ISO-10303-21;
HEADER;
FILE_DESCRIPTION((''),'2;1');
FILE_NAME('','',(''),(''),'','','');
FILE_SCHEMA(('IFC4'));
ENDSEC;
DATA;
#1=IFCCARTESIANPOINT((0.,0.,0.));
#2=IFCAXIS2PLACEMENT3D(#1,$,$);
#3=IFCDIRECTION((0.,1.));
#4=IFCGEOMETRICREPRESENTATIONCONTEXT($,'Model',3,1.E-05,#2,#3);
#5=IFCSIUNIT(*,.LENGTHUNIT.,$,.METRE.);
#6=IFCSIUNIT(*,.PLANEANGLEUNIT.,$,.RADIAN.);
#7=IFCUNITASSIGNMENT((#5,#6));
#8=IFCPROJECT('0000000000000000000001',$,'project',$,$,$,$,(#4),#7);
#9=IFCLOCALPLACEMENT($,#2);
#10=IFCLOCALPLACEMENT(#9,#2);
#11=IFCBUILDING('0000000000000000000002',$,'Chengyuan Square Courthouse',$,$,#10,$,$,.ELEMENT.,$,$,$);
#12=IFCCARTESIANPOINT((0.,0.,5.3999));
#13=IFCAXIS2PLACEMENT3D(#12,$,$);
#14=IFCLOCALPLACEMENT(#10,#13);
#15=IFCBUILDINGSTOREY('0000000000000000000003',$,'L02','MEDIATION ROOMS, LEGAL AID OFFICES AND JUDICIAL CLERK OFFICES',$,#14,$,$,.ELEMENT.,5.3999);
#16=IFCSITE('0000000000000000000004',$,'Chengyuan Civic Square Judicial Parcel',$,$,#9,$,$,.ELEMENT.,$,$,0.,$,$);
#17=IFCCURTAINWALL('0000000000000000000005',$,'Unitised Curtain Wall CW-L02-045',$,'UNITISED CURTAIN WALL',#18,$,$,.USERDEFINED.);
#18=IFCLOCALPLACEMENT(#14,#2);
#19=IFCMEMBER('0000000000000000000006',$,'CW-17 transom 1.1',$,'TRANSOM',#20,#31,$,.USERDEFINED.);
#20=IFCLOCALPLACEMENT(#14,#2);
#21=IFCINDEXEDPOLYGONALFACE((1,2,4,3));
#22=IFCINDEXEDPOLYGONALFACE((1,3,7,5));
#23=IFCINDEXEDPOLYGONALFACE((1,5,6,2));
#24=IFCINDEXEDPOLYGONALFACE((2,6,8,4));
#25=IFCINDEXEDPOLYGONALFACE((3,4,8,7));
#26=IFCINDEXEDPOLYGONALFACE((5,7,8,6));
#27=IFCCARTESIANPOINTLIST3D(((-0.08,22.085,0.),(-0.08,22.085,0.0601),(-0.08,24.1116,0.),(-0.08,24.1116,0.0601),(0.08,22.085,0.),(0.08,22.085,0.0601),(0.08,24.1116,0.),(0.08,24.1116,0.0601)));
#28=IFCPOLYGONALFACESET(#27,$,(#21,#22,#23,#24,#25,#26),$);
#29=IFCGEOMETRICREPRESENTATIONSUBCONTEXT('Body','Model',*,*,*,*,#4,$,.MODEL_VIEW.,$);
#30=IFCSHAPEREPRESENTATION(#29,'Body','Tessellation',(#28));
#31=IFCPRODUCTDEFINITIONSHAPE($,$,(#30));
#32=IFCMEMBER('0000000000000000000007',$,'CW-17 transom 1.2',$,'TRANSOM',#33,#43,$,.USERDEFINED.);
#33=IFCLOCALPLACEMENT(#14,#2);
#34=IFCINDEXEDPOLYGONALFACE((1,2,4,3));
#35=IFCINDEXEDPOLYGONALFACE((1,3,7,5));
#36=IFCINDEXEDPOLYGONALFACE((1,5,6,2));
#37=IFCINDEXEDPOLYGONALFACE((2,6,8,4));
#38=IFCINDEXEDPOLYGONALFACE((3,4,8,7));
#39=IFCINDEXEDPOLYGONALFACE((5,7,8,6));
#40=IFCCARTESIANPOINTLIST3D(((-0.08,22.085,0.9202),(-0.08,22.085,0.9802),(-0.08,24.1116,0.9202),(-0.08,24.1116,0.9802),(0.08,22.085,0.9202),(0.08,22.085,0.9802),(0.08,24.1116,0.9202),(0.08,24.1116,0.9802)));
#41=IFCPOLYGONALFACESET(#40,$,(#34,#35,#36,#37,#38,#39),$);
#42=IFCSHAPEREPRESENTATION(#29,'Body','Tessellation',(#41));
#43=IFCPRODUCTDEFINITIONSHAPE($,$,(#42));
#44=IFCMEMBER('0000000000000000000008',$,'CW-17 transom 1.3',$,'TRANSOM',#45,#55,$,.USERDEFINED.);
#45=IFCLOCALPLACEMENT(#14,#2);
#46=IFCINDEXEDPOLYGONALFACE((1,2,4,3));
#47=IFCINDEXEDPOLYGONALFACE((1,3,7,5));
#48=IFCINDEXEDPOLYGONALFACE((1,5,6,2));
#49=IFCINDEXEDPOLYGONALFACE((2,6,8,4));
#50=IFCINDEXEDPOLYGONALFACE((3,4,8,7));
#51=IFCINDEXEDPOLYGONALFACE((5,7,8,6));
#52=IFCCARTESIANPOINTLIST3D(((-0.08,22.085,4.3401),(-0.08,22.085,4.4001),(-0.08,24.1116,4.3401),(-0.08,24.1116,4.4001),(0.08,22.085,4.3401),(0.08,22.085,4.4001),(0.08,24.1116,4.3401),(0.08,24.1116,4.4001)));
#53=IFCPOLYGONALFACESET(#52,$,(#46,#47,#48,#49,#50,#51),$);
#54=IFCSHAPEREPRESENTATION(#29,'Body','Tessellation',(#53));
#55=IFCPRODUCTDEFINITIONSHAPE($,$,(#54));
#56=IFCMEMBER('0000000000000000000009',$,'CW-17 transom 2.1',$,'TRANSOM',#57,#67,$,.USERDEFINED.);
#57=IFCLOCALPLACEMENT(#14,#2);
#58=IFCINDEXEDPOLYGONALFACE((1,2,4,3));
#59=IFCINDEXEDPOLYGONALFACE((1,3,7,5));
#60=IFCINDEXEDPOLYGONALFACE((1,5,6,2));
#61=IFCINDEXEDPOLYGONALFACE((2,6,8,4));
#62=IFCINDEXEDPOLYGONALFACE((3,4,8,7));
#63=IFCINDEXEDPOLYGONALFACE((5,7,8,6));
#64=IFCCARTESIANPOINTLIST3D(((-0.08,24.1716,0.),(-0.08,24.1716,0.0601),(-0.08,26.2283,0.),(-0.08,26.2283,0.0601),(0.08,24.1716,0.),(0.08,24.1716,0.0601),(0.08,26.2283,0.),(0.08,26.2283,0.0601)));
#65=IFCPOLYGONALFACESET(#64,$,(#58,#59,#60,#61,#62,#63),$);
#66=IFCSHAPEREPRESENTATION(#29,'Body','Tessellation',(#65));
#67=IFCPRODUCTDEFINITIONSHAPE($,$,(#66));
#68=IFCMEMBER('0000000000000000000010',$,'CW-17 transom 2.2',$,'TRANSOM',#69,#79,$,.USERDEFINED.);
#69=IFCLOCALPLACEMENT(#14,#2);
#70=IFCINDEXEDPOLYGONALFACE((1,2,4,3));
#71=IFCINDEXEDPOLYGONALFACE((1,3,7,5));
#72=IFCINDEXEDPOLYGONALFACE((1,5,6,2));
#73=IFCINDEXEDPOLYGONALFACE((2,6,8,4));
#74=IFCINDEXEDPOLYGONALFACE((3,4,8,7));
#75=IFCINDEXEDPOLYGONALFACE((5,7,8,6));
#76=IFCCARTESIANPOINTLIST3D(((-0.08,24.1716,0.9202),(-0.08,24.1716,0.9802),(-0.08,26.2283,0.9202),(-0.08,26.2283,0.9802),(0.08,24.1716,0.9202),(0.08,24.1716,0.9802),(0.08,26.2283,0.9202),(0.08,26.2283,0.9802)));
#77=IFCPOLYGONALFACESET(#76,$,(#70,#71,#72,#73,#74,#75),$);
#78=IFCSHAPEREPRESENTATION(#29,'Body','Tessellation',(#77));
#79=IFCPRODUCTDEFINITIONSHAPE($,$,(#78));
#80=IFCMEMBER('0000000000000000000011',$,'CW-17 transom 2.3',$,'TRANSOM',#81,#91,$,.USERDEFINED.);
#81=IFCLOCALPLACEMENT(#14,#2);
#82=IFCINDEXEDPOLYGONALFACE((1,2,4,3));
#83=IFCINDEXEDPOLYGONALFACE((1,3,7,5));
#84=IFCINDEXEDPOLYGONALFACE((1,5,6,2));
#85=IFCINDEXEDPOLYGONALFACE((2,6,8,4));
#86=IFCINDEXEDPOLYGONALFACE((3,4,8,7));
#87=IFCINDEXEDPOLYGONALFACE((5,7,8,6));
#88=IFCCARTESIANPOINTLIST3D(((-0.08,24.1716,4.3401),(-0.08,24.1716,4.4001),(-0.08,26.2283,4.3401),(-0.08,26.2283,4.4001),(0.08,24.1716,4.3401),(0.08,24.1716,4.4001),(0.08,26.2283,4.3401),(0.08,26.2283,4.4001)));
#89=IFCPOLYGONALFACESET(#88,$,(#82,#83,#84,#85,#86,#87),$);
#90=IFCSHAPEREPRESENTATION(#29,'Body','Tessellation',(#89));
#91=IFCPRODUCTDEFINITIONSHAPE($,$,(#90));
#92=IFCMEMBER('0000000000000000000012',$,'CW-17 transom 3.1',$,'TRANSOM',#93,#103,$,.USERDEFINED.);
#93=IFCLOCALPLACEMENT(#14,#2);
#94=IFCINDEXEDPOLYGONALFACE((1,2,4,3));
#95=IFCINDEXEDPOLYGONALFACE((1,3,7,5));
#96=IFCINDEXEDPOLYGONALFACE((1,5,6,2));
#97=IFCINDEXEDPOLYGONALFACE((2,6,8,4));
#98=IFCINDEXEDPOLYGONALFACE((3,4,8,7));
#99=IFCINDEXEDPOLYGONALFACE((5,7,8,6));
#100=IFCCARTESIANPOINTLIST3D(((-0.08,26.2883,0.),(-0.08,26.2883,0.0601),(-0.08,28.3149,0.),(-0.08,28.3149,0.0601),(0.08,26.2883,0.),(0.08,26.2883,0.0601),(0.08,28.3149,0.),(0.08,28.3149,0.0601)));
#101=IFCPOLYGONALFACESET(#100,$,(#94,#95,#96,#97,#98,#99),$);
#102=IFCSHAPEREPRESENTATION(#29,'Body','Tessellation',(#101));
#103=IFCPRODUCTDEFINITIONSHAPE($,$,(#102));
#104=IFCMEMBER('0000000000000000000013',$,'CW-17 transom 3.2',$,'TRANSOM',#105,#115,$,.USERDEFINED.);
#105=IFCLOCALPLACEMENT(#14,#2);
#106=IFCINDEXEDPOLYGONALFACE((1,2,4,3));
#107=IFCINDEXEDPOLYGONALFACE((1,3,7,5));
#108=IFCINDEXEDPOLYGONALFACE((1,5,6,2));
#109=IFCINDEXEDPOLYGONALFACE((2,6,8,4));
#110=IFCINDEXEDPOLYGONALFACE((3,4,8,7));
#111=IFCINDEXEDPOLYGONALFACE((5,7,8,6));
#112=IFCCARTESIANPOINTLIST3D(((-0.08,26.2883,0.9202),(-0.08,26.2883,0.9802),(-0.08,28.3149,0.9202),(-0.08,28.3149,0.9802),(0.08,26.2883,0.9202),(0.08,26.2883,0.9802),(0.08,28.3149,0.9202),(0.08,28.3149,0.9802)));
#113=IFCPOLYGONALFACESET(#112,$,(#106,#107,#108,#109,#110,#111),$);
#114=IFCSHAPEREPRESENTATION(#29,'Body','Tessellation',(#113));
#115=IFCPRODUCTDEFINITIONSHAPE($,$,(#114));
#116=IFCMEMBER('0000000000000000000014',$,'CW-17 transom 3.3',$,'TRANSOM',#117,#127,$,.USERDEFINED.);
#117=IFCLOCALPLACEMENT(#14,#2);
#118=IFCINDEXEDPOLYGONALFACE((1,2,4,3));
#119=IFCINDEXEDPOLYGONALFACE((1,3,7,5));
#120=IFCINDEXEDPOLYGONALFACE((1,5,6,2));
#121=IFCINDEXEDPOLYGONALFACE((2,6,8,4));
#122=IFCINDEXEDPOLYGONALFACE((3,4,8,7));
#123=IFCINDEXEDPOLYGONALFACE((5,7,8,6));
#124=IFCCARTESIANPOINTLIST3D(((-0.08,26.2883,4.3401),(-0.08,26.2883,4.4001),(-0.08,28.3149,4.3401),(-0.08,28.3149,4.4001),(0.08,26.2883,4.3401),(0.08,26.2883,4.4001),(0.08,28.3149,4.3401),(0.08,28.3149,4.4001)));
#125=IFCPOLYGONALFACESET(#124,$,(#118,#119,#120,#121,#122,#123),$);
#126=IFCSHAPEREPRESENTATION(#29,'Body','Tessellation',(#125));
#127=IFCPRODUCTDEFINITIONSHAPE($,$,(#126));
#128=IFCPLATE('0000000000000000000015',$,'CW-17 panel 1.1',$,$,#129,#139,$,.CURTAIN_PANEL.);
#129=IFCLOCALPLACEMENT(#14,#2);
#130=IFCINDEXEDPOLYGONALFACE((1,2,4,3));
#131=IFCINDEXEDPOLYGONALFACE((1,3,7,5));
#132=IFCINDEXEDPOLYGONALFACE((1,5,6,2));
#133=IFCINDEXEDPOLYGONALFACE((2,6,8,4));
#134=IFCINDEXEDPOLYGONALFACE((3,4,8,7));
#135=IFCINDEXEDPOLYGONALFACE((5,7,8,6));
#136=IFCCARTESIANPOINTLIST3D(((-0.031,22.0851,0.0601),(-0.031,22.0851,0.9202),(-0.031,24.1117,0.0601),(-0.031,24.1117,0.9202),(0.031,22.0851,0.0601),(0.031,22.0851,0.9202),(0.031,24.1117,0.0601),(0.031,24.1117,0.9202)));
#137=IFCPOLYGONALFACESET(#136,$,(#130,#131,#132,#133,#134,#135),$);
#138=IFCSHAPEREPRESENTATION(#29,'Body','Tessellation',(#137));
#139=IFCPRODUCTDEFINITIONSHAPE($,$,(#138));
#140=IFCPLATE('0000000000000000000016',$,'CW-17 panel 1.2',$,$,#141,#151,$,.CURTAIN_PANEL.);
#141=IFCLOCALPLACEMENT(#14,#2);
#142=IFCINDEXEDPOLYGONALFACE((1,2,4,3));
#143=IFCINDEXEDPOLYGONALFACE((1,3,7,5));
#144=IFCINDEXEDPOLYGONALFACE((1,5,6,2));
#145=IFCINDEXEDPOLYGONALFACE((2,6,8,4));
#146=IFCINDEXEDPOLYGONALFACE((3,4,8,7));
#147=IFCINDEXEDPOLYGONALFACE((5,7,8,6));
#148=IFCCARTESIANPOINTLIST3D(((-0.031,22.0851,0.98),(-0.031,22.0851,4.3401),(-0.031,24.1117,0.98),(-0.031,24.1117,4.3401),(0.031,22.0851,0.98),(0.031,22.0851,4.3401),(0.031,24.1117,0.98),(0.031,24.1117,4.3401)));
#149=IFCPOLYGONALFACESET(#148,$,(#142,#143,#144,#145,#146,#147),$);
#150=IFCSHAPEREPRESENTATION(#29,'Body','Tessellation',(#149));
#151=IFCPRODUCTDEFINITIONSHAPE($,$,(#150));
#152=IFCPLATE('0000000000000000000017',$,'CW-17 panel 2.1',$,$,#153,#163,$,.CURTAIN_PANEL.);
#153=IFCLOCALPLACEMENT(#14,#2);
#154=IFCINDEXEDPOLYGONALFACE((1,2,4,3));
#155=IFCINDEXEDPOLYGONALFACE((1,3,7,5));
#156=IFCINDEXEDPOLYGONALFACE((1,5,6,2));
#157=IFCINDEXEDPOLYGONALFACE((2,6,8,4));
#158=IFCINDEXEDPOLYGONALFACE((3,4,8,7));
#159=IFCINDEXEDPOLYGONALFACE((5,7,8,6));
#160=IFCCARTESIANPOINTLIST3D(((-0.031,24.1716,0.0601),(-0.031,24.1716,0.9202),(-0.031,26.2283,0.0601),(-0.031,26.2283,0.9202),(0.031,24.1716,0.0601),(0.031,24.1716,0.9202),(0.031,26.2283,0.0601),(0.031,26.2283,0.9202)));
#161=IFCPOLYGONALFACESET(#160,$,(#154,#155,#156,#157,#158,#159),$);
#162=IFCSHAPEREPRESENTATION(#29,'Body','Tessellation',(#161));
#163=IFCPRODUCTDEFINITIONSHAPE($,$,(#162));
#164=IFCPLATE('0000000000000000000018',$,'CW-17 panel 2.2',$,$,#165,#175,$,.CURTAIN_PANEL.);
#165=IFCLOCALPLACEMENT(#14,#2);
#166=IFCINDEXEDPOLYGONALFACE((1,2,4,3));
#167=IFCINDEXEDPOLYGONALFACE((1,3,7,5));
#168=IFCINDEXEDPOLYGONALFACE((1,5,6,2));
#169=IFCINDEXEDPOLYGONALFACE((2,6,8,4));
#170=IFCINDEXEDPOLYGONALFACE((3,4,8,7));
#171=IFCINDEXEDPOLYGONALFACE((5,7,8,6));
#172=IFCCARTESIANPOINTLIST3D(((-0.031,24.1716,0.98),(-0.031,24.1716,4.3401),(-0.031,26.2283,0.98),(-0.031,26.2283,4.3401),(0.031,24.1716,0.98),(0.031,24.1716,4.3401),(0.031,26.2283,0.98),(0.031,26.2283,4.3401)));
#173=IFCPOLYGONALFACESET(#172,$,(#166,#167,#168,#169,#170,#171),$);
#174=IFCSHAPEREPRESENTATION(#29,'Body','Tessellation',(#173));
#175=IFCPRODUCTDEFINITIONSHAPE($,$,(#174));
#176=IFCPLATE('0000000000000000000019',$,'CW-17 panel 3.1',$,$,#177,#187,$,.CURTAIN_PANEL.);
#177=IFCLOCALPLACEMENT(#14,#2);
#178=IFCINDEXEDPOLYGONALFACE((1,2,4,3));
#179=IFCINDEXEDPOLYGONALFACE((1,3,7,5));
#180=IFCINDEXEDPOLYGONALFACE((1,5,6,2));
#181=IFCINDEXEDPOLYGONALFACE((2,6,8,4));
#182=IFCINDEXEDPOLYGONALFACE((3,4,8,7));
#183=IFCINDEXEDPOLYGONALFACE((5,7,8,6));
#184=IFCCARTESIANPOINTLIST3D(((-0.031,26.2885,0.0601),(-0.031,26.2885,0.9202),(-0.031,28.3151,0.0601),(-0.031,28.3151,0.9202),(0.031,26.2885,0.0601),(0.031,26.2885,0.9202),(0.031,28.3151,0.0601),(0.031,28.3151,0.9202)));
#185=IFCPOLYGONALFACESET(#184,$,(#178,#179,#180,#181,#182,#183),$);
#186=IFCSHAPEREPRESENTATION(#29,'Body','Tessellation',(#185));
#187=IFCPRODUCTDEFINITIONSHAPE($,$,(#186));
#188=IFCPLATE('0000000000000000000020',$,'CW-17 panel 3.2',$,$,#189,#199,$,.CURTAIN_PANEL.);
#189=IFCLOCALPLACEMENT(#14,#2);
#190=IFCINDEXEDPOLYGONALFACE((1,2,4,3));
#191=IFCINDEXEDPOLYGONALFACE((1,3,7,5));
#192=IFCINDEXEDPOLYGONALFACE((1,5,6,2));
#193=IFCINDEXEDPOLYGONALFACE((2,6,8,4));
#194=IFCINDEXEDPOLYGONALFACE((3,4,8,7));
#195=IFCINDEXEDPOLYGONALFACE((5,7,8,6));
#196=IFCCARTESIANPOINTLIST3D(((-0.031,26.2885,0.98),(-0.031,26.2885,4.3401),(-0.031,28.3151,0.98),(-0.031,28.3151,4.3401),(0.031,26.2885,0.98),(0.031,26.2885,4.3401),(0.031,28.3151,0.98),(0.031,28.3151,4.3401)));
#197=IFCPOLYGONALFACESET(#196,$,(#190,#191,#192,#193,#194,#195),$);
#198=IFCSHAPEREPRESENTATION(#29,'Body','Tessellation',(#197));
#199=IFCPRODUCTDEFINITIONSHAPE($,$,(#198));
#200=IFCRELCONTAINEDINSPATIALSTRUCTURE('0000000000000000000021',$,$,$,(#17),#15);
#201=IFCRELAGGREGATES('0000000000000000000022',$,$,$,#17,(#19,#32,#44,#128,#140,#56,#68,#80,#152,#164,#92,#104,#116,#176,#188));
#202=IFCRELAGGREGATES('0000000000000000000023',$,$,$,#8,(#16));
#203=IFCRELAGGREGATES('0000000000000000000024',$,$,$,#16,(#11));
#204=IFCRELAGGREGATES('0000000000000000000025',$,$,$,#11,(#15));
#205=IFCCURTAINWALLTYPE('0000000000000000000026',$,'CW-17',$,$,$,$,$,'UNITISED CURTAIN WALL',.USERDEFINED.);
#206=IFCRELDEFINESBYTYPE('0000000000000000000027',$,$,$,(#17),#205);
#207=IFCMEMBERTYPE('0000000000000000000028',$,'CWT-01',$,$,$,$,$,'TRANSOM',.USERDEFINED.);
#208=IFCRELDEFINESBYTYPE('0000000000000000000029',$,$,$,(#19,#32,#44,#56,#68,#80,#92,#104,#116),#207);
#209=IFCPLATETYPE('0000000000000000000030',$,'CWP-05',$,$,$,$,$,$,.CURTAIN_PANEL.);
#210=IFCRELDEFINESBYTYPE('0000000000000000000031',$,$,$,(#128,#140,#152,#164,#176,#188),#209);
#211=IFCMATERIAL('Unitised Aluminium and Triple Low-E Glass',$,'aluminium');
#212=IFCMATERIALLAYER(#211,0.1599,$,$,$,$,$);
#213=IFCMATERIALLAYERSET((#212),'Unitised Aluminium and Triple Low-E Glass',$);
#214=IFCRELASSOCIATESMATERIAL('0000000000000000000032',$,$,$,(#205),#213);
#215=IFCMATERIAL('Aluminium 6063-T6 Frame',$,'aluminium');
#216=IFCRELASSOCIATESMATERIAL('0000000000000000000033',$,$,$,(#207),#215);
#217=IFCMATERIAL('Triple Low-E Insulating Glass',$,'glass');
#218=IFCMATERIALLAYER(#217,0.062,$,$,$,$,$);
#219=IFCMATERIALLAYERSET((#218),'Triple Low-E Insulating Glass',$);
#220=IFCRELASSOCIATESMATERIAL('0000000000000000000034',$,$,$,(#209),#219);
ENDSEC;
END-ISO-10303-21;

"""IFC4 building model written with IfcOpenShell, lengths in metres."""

from ifc_helpers import new_model, si_unit, direction, frame, origin, origin_2d, place, context, subcontext, project, spatial, rectangle, extrude, material, layer, layer_set, material_profile, profile_set, type_object, element, aggregate, save


model = new_model("IFC4")

# Units and contexts
model_context = context("Model", 3, precision=1e-05, world=origin(), true_north=direction((0.0, 1.0)))
body_context = subcontext(model_context, "Body", "Model", "MODEL_VIEW")
ifc_project = project(units=[si_unit("LENGTHUNIT", "METRE"), si_unit("PLANEANGLEUNIT", "RADIAN")], contexts=[model_context])

# Site, building, storey
site_placement = place(None, origin())
site = spatial("IfcSite", under=ifc_project, at=site_placement, Name="Chengyuan Civic Square Judicial Parcel", CompositionType="ELEMENT", RefElevation=0.0)
building_placement = place(site_placement, origin())
building = spatial("IfcBuilding", under=site, at=building_placement, Name="Chengyuan Square Courthouse", CompositionType="ELEMENT")
storey_placement = place(building_placement, frame((0.0, 0.0, 5.3999)))
storey = spatial("IfcBuildingStorey", under=building, at=storey_placement, Name="L02", Description="MEDIATION ROOMS, LEGAL AID OFFICES AND JUDICIAL CLERK OFFICES", CompositionType="ELEMENT", Elevation=5.3999)

# Curtain wall, members, plates
ifc_material_1 = material(Name="Unitised Aluminium and Triple Low-E Glass", Category="aluminium")
ifc_layer_1 = layer(ifc_material_1, 0.1599)
ifc_layer_set_1 = layer_set([ifc_layer_1], Name="Unitised Aluminium and Triple Low-E Glass")
curtain_wall_type = type_object("IfcCurtainWallType", Name="CW-17", ElementType="UNITISED CURTAIN WALL", PredefinedType="USERDEFINED", material=ifc_layer_set_1)
curtain_wall_placement = place(storey_placement, origin())
curtain_wall = element("IfcCurtainWall", 1, at=curtain_wall_placement, inside=storey, type_object=curtain_wall_type, Name="Unitised Curtain Wall CW-L02-045", ObjectType="UNITISED CURTAIN WALL", PredefinedType="USERDEFINED")
ifc_material_2 = material(Name="Aluminium 6063-T6 Frame", Category="aluminium")
ifc_material_profile_1 = material_profile(ifc_material_2, rectangle(XDim=0.1599, YDim=0.0601, at=origin_2d()), Name="CW-TRN-60x120")
ifc_profile_set_1 = profile_set([ifc_material_profile_1], Name="Aluminium 6063-T6 Frame")
member_type_1 = type_object("IfcMemberType", Name="CWT-01", ElementType="TRANSOM", PredefinedType="USERDEFINED", material=ifc_profile_set_1)
member_1_placement = place(storey_placement, frame((0.0, 22.085, 0.03), z_axis=(0.0, 1.0, 0.0), x_axis=(-1.0, 0.0, 0.0)))
member_1 = element("IfcMember", 2, at=member_1_placement, type_object=member_type_1, Name="CW-17 transom 1.1", ObjectType="TRANSOM", PredefinedType="USERDEFINED", context=body_context, shape_type="SweptSolid", body=[
    extrude(rectangle(XDim=0.1599, YDim=0.0601, at=origin_2d()), origin(), (0.0, 0.0, 1.0), 2.0266),
])
member_2_placement = place(storey_placement, frame((0.0, 22.085, 0.9502), z_axis=(0.0, 1.0, 0.0), x_axis=(-1.0, 0.0, 0.0)))
member_2 = element("IfcMember", 3, at=member_2_placement, type_object=member_type_1, Name="CW-17 transom 1.2", ObjectType="TRANSOM", PredefinedType="USERDEFINED", context=body_context, shape_type="SweptSolid", body=[
    extrude(rectangle(XDim=0.1599, YDim=0.0601, at=origin_2d()), origin(), (0.0, 0.0, 1.0), 2.0266),
])
member_3_placement = place(storey_placement, frame((0.0, 22.085, 4.3701), z_axis=(0.0, 1.0, 0.0), x_axis=(-1.0, 0.0, 0.0)))
member_3 = element("IfcMember", 4, at=member_3_placement, type_object=member_type_1, Name="CW-17 transom 1.3", ObjectType="TRANSOM", PredefinedType="USERDEFINED", context=body_context, shape_type="SweptSolid", body=[
    extrude(rectangle(XDim=0.1599, YDim=0.0601, at=origin_2d()), origin(), (0.0, 0.0, 1.0), 2.0266),
])
member_4_placement = place(storey_placement, frame((0.0, 24.1716, 0.03), z_axis=(0.0, 1.0, 0.0), x_axis=(-1.0, 0.0, 0.0)))
member_4 = element("IfcMember", 5, at=member_4_placement, type_object=member_type_1, Name="CW-17 transom 2.1", ObjectType="TRANSOM", PredefinedType="USERDEFINED", context=body_context, shape_type="SweptSolid", body=[
    extrude(rectangle(XDim=0.1599, YDim=0.0601, at=origin_2d()), origin(), (0.0, 0.0, 1.0), 2.0566),
])
member_5_placement = place(storey_placement, frame((0.0, 24.1716, 0.9502), z_axis=(0.0, 1.0, 0.0), x_axis=(-1.0, 0.0, 0.0)))
member_5 = element("IfcMember", 6, at=member_5_placement, type_object=member_type_1, Name="CW-17 transom 2.2", ObjectType="TRANSOM", PredefinedType="USERDEFINED", context=body_context, shape_type="SweptSolid", body=[
    extrude(rectangle(XDim=0.1599, YDim=0.0601, at=origin_2d()), origin(), (0.0, 0.0, 1.0), 2.0566),
])
member_6_placement = place(storey_placement, frame((0.0, 24.1716, 4.3701), z_axis=(0.0, 1.0, 0.0), x_axis=(-1.0, 0.0, 0.0)))
member_6 = element("IfcMember", 7, at=member_6_placement, type_object=member_type_1, Name="CW-17 transom 2.3", ObjectType="TRANSOM", PredefinedType="USERDEFINED", context=body_context, shape_type="SweptSolid", body=[
    extrude(rectangle(XDim=0.1599, YDim=0.0601, at=origin_2d()), origin(), (0.0, 0.0, 1.0), 2.0566),
])
member_7_placement = place(storey_placement, frame((0.0, 26.2883, 0.03), z_axis=(0.0, 1.0, 0.0), x_axis=(-1.0, 0.0, 0.0)))
member_7 = element("IfcMember", 8, at=member_7_placement, type_object=member_type_1, Name="CW-17 transom 3.1", ObjectType="TRANSOM", PredefinedType="USERDEFINED", context=body_context, shape_type="SweptSolid", body=[
    extrude(rectangle(XDim=0.1599, YDim=0.0601, at=origin_2d()), origin(), (0.0, 0.0, 1.0), 2.0266),
])
member_8_placement = place(storey_placement, frame((0.0, 26.2883, 0.9502), z_axis=(0.0, 1.0, 0.0), x_axis=(-1.0, 0.0, 0.0)))
member_8 = element("IfcMember", 9, at=member_8_placement, type_object=member_type_1, Name="CW-17 transom 3.2", ObjectType="TRANSOM", PredefinedType="USERDEFINED", context=body_context, shape_type="SweptSolid", body=[
    extrude(rectangle(XDim=0.1599, YDim=0.0601, at=origin_2d()), origin(), (0.0, 0.0, 1.0), 2.0266),
])
member_9_placement = place(storey_placement, frame((0.0, 26.2883, 4.3701), z_axis=(0.0, 1.0, 0.0), x_axis=(-1.0, 0.0, 0.0)))
member_9 = element("IfcMember", 10, at=member_9_placement, type_object=member_type_1, Name="CW-17 transom 3.3", ObjectType="TRANSOM", PredefinedType="USERDEFINED", context=body_context, shape_type="SweptSolid", body=[
    extrude(rectangle(XDim=0.1599, YDim=0.0601, at=origin_2d()), origin(), (0.0, 0.0, 1.0), 2.0266),
])
ifc_material_3 = material(Name="Triple Low-E Insulating Glass", Category="glass")
ifc_layer_2 = layer(ifc_material_3, 0.062)
ifc_layer_set_2 = layer_set([ifc_layer_2], Name="Triple Low-E Insulating Glass")
plate_type = type_object("IfcPlateType", Name="CWP-05", PredefinedType="CURTAIN_PANEL", material=ifc_layer_set_2)
plate_1_placement = place(storey_placement, frame((0.0, 23.0984, 0.0601), z_axis=(0.0, 0.0, 1.0), x_axis=(0.0, 1.0, 0.0)))
plate_1 = element("IfcPlate", 11, at=plate_1_placement, type_object=plate_type, Name="CW-17 panel 1.1", PredefinedType="CURTAIN_PANEL", context=body_context, shape_type="SweptSolid", body=[
    extrude(rectangle(XDim=2.0266, YDim=0.062, at=origin_2d()), origin(), (0.0, 0.0, 1.0), 0.8601),
])
plate_2_placement = place(storey_placement, frame((0.0, 23.0984, 0.98), z_axis=(0.0, 0.0, 1.0), x_axis=(0.0, 1.0, 0.0)))
plate_2 = element("IfcPlate", 12, at=plate_2_placement, type_object=plate_type, Name="CW-17 panel 1.2", PredefinedType="CURTAIN_PANEL", context=body_context, shape_type="SweptSolid", body=[
    extrude(rectangle(XDim=2.0266, YDim=0.062, at=origin_2d()), origin(), (0.0, 0.0, 1.0), 3.3601),
])
plate_3_placement = place(storey_placement, frame((0.0, 25.2, 0.0601), z_axis=(0.0, 0.0, 1.0), x_axis=(0.0, 1.0, 0.0)))
plate_3 = element("IfcPlate", 13, at=plate_3_placement, type_object=plate_type, Name="CW-17 panel 2.1", PredefinedType="CURTAIN_PANEL", context=body_context, shape_type="SweptSolid", body=[
    extrude(rectangle(XDim=2.0566, YDim=0.062, at=origin_2d()), origin(), (0.0, 0.0, 1.0), 0.8601),
])
plate_4_placement = place(storey_placement, frame((0.0, 25.2, 0.98), z_axis=(0.0, 0.0, 1.0), x_axis=(0.0, 1.0, 0.0)))
plate_4 = element("IfcPlate", 14, at=plate_4_placement, type_object=plate_type, Name="CW-17 panel 2.2", PredefinedType="CURTAIN_PANEL", context=body_context, shape_type="SweptSolid", body=[
    extrude(rectangle(XDim=2.0566, YDim=0.062, at=origin_2d()), origin(), (0.0, 0.0, 1.0), 3.3601),
])
plate_5_placement = place(storey_placement, frame((0.0, 27.3018, 0.0601), z_axis=(0.0, 0.0, 1.0), x_axis=(0.0, 1.0, 0.0)))
plate_5 = element("IfcPlate", 15, at=plate_5_placement, type_object=plate_type, Name="CW-17 panel 3.1", PredefinedType="CURTAIN_PANEL", context=body_context, shape_type="SweptSolid", body=[
    extrude(rectangle(XDim=2.0266, YDim=0.062, at=origin_2d()), origin(), (0.0, 0.0, 1.0), 0.8601),
])
plate_6_placement = place(storey_placement, frame((0.0, 27.3018, 0.98), z_axis=(0.0, 0.0, 1.0), x_axis=(0.0, 1.0, 0.0)))
plate_6 = element("IfcPlate", 16, at=plate_6_placement, type_object=plate_type, Name="CW-17 panel 3.2", PredefinedType="CURTAIN_PANEL", context=body_context, shape_type="SweptSolid", body=[
    extrude(rectangle(XDim=2.0266, YDim=0.062, at=origin_2d()), origin(), (0.0, 0.0, 1.0), 3.3601),
])
aggregate(curtain_wall, [member_1, member_2, member_3, plate_1, plate_2, member_4, member_5, member_6, plate_3, plate_4, member_7, member_8, member_9, plate_5, plate_6])

save(model, "model.ifc")
